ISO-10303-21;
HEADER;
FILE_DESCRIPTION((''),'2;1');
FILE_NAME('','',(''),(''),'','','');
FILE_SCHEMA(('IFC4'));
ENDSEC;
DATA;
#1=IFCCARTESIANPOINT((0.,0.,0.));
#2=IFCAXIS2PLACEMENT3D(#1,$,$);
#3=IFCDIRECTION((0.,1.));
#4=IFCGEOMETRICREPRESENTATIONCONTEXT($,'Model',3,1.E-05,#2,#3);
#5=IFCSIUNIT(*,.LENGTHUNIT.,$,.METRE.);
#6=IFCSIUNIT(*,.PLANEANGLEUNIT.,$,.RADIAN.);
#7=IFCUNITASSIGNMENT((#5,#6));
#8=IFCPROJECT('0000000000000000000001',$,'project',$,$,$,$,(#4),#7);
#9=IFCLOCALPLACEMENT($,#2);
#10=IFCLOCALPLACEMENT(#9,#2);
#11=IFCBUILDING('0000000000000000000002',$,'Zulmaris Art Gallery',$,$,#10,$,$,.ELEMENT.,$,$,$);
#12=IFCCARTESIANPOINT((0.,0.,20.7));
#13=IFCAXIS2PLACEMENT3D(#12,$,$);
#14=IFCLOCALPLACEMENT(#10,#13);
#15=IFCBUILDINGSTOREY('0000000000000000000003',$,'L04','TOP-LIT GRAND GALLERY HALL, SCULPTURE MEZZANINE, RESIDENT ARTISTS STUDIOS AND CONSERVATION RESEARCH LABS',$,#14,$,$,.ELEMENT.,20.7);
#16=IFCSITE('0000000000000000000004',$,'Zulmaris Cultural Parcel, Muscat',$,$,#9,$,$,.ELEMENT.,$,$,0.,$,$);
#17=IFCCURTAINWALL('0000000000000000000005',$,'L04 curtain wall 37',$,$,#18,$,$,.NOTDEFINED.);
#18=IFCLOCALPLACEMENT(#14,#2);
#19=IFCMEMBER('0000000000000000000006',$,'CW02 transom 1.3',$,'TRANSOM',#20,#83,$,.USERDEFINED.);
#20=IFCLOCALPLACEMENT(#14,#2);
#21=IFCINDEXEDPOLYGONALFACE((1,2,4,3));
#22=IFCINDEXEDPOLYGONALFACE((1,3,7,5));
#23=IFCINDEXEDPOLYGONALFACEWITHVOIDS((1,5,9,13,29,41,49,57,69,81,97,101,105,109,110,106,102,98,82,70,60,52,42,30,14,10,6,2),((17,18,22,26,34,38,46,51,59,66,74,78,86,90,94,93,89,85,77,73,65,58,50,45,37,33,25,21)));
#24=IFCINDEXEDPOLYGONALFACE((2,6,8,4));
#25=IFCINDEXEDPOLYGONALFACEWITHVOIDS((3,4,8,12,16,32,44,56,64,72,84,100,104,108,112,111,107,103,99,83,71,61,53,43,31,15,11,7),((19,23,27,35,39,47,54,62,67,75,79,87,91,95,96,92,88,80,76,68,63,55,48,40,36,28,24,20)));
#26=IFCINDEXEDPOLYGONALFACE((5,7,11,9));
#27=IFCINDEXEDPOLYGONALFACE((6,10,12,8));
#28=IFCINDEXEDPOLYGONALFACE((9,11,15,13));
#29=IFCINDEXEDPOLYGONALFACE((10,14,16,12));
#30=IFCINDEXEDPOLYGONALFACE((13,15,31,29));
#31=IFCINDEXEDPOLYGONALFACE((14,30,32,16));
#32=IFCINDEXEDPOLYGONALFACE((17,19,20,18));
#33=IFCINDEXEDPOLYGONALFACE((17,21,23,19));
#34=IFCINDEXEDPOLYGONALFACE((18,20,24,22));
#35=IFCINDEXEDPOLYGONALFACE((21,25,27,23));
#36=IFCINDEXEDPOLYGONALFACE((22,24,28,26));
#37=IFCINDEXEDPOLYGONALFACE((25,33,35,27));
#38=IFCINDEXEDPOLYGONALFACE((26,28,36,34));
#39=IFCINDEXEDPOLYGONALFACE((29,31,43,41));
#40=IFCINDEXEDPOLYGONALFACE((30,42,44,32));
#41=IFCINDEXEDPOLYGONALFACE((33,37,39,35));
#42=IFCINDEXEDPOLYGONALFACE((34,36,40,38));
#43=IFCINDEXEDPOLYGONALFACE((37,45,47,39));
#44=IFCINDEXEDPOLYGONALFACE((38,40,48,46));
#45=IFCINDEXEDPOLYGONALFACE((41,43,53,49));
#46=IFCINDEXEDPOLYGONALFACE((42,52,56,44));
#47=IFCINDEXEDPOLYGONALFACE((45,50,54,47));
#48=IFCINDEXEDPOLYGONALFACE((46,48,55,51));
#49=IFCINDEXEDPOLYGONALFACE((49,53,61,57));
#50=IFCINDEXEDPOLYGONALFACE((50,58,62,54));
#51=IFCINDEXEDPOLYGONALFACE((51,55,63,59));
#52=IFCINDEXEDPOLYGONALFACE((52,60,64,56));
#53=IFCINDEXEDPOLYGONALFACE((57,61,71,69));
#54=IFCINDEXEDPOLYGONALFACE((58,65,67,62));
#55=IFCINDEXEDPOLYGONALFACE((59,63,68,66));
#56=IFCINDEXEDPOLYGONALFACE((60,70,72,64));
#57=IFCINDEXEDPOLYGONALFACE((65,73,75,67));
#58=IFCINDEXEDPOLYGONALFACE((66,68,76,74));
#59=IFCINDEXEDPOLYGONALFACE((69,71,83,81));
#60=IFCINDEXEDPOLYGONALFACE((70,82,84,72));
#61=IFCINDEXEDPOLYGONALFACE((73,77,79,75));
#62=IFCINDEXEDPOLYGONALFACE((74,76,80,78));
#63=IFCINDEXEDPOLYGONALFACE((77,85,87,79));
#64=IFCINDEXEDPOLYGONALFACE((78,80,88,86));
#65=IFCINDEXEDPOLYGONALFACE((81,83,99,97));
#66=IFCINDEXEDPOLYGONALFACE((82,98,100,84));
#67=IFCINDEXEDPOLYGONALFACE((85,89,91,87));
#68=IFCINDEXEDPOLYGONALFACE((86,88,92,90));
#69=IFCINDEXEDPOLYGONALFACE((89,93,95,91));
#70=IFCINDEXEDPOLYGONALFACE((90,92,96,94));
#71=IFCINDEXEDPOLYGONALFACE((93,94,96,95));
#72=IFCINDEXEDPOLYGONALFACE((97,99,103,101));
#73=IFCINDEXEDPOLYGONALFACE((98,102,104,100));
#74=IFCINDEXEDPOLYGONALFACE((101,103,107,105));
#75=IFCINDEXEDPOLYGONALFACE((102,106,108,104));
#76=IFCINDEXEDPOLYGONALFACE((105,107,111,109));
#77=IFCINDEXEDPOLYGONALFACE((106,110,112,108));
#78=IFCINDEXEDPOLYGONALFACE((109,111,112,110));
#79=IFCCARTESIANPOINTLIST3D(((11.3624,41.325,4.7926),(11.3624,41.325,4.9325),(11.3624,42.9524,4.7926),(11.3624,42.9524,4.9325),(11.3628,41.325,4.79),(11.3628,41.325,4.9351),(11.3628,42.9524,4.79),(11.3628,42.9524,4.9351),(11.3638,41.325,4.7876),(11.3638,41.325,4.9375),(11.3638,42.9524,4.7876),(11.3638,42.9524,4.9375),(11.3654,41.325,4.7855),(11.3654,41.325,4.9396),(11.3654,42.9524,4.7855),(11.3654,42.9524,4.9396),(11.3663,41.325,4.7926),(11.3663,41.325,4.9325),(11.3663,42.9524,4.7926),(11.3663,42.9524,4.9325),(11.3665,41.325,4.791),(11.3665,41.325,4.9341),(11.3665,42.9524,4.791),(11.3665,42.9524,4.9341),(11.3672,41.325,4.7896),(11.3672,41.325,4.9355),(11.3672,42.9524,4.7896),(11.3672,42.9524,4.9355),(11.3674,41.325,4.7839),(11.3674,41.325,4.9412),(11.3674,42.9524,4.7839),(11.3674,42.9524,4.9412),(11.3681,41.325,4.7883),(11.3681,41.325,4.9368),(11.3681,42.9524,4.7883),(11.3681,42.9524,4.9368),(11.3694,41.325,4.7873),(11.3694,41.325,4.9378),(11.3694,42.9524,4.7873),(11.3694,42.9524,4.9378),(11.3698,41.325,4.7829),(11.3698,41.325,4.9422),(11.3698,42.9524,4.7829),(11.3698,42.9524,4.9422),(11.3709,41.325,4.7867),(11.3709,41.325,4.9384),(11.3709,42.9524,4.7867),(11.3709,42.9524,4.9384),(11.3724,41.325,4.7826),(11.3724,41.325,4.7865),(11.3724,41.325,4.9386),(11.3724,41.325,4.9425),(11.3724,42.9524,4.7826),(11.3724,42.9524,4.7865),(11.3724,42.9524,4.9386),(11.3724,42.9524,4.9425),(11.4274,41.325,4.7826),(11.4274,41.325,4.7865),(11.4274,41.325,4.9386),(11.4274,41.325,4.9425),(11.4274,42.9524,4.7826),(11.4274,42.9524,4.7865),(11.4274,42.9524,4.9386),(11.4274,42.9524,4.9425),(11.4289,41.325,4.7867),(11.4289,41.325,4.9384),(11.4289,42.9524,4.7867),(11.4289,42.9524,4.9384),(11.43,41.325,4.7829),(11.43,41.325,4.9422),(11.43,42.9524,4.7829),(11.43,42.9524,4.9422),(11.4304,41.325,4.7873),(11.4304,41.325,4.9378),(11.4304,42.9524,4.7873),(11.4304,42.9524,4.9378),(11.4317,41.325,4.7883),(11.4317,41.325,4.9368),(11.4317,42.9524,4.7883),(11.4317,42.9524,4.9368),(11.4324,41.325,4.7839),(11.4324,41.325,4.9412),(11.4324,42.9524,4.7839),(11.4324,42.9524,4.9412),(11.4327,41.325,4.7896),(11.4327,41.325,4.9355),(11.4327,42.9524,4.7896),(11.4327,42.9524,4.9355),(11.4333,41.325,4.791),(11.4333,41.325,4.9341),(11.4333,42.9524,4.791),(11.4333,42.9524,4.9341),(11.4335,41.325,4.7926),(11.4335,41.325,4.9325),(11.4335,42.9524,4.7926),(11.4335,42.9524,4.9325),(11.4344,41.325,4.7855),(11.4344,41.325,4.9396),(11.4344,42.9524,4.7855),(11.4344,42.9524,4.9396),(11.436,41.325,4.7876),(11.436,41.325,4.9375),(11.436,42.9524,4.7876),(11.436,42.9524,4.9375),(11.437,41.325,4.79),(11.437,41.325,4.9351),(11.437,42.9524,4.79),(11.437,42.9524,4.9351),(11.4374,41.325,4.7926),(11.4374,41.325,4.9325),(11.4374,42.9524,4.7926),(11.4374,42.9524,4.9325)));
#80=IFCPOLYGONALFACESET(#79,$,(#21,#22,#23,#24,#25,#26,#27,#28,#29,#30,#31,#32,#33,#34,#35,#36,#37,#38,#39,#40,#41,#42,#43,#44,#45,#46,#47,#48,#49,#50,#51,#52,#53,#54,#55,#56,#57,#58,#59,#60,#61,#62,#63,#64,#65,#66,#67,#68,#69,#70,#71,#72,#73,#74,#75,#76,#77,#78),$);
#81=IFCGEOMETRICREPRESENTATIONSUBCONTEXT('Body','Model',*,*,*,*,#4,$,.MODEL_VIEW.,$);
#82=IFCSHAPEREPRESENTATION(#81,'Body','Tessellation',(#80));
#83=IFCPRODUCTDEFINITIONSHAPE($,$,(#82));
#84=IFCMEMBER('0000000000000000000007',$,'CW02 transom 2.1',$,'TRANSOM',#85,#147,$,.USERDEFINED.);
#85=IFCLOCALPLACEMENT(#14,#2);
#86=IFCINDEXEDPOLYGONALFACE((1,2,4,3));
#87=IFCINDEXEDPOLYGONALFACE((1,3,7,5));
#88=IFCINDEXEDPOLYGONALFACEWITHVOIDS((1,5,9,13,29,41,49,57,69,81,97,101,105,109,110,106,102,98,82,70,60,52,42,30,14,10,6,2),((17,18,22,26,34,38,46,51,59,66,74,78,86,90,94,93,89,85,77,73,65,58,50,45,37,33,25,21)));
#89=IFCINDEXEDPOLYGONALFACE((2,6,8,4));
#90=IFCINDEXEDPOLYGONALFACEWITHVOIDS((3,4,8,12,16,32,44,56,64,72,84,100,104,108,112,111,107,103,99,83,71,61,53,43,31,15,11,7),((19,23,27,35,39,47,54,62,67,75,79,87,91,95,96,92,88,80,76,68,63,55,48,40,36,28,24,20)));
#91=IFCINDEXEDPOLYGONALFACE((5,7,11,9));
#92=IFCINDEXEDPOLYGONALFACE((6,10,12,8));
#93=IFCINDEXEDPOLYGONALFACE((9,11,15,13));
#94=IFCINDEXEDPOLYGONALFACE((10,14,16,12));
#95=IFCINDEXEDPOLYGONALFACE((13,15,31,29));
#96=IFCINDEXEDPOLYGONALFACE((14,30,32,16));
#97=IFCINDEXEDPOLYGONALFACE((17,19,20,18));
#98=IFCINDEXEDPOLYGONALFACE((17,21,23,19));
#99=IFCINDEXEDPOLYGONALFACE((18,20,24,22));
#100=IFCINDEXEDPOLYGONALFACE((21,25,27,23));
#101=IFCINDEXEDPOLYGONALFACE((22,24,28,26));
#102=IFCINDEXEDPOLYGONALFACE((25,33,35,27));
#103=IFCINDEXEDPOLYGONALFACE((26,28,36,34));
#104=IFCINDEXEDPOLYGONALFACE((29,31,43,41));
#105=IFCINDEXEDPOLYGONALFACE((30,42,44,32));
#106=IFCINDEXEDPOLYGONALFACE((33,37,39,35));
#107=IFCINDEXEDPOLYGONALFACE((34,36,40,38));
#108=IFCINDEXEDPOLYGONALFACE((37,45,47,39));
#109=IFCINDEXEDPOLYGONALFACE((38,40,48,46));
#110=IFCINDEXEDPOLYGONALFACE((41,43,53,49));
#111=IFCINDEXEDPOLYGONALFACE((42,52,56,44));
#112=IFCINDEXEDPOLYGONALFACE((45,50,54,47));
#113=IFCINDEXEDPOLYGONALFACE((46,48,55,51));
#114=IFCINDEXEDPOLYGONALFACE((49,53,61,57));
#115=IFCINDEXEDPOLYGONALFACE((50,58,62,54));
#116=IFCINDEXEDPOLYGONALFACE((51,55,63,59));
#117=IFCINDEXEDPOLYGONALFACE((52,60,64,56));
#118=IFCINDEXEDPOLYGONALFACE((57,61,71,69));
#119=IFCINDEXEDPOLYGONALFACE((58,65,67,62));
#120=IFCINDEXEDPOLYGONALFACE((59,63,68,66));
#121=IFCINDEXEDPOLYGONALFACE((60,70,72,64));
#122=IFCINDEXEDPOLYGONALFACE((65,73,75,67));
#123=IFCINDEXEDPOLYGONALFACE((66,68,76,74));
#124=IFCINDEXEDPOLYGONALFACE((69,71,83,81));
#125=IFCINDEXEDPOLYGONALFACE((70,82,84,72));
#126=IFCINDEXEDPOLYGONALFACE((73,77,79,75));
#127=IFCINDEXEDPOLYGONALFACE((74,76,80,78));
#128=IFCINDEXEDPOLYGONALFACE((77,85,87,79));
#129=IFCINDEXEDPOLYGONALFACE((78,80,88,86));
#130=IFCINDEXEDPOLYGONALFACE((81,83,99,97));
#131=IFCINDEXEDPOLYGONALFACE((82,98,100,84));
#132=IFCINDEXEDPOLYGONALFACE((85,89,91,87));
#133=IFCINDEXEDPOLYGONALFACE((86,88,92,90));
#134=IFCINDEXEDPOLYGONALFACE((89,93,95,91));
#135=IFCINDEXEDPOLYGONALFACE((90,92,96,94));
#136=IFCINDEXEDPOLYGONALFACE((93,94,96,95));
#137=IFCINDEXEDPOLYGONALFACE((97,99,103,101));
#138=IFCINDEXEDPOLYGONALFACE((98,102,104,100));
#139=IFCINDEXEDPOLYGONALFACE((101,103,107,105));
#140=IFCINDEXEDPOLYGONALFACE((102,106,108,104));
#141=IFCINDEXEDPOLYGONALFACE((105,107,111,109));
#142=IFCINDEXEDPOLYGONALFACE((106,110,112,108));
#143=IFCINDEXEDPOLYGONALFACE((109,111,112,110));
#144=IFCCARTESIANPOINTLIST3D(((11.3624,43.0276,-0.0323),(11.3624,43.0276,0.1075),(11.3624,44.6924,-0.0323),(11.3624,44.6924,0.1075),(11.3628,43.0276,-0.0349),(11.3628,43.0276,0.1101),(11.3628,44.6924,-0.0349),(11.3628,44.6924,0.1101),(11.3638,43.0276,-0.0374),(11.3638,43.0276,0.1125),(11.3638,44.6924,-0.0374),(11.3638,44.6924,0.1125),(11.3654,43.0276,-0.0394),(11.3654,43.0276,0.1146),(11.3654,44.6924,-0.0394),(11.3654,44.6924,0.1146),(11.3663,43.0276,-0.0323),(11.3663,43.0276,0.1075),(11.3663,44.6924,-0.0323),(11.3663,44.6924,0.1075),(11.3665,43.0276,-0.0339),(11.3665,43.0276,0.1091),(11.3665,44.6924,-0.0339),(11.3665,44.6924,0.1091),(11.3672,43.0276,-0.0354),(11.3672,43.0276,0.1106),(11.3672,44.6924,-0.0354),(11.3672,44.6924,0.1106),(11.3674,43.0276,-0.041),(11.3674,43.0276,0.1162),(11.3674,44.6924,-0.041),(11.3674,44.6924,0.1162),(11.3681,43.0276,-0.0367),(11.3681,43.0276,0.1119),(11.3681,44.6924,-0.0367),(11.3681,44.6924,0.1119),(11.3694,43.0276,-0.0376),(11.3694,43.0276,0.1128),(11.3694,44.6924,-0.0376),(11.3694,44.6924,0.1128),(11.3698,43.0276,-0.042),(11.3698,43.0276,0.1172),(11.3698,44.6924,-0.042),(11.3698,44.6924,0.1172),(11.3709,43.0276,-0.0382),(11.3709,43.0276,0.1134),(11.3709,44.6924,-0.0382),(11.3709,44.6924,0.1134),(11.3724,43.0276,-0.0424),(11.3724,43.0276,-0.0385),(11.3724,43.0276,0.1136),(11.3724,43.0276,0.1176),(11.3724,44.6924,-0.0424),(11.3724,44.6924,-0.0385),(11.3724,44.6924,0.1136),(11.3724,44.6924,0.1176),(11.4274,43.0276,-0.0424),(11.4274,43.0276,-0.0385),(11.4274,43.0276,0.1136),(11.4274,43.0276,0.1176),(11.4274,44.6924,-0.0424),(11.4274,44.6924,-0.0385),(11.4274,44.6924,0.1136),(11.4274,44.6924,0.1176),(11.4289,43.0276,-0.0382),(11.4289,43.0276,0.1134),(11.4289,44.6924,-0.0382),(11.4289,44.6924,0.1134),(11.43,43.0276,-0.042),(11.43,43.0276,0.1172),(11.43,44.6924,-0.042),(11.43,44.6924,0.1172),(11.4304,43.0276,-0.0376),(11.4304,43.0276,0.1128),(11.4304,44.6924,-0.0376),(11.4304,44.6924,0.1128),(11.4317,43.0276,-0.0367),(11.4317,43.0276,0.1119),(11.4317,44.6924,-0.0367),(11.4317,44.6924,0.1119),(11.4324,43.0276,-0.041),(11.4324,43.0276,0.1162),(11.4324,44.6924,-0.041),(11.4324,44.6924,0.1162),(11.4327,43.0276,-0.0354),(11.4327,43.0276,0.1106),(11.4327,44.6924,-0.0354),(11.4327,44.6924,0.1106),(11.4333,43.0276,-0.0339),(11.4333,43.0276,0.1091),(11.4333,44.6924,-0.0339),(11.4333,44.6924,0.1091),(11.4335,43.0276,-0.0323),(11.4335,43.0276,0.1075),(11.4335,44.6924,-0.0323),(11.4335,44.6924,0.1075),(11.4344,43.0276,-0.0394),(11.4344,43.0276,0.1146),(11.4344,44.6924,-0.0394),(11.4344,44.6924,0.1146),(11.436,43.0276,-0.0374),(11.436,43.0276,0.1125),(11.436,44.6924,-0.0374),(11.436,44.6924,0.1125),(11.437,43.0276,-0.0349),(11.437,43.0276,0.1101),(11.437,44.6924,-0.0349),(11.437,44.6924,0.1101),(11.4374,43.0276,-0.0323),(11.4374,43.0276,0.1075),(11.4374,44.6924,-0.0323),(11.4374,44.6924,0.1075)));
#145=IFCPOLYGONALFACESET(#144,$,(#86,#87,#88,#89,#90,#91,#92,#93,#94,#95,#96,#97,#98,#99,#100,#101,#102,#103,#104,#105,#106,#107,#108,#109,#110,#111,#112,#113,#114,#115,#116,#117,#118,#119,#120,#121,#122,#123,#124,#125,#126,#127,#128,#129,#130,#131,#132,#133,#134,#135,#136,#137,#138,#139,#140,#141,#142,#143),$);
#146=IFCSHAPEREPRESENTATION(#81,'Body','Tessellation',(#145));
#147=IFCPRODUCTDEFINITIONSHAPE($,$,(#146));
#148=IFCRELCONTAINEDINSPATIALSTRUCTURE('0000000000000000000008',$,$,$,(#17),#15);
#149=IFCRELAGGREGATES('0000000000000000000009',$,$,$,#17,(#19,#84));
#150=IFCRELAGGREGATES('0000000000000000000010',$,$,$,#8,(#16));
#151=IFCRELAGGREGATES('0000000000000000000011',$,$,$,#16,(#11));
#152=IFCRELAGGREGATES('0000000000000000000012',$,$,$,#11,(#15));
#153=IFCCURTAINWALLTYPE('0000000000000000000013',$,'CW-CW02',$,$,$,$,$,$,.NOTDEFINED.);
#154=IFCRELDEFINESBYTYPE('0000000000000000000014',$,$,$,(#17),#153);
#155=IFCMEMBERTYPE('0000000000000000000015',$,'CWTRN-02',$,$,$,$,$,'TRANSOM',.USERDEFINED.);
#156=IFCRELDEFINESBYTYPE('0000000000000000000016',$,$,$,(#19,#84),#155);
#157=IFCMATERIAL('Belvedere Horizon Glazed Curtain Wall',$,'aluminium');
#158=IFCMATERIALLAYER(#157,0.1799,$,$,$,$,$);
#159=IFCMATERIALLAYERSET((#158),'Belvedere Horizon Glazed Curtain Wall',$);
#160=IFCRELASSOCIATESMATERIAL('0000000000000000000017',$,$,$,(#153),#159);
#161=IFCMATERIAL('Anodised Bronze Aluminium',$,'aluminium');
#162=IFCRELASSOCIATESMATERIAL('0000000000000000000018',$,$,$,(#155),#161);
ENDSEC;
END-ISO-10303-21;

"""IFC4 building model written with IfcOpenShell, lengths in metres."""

from ifc_helpers import new_model, si_unit, direction, frame, origin, origin_2d, place, context, subcontext, project, spatial, hollow_rectangle, extrude, material, layer, layer_set, material_profile, profile_set, type_object, element, aggregate, save


model = new_model("IFC4")

# Units and contexts
model_context = context("Model", 3, precision=1e-05, world=origin(), true_north=direction((0.0, 1.0)))
body_context = subcontext(model_context, "Body", "Model", "MODEL_VIEW")
ifc_project = project(units=[si_unit("LENGTHUNIT", "METRE"), si_unit("PLANEANGLEUNIT", "RADIAN")], contexts=[model_context])

# Site, building, storey
site_placement = place(None, origin())
site = spatial("IfcSite", under=ifc_project, at=site_placement, Name="Zulmaris Cultural Parcel, Muscat", CompositionType="ELEMENT", RefElevation=0.0)
building_placement = place(site_placement, origin())
building = spatial("IfcBuilding", under=site, at=building_placement, Name="Zulmaris Art Gallery", CompositionType="ELEMENT")
storey_placement = place(building_placement, frame((0.0, 0.0, 20.7)))
storey = spatial("IfcBuildingStorey", under=building, at=storey_placement, Name="L04", Description="TOP-LIT GRAND GALLERY HALL, SCULPTURE MEZZANINE, RESIDENT ARTISTS STUDIOS AND CONSERVATION RESEARCH LABS", CompositionType="ELEMENT", Elevation=20.7)

# Curtain wall
ifc_material_1 = material(Name="Belvedere Horizon Glazed Curtain Wall", Category="aluminium")
ifc_layer_1 = layer(ifc_material_1, 0.1799)
ifc_layer_set_1 = layer_set([ifc_layer_1], Name="Belvedere Horizon Glazed Curtain Wall")
curtain_wall_type = type_object("IfcCurtainWallType", Name="CW-CW02", PredefinedType="NOTDEFINED", material=ifc_layer_set_1)
ifc_material_2 = material(Name="Anodised Bronze Aluminium", Category="aluminium")
curtain_wall_1_placement = place(storey_placement, origin())
curtain_wall_1 = element("IfcCurtainWall", 1, at=curtain_wall_1_placement, inside=storey, type_object=curtain_wall_type, Name="L04 curtain wall 37", PredefinedType="NOTDEFINED")

# Members
ifc_material_profile_1 = material_profile(ifc_material_2, hollow_rectangle(XDim=0.075, YDim=0.1599, WallThickness=0.0039, InnerFilletRadius=0.0061, OuterFilletRadius=0.01, at=origin_2d()), Name="ALU 75x160x4")
ifc_profile_set_1 = profile_set([ifc_material_profile_1], Name="Anodised Bronze Aluminium")
member_type_1 = type_object("IfcMemberType", Name="CWTRN-02", ElementType="TRANSOM", PredefinedType="USERDEFINED", material=ifc_profile_set_1)
member_1_placement = place(storey_placement, frame((11.3999, 41.325, 4.8625), z_axis=(0.0, 1.0, 0.0), x_axis=(-1.0, 0.0, 0.0)))
member_1 = element("IfcMember", 2, at=member_1_placement, type_object=member_type_1, Name="CW02 transom 1.3", ObjectType="TRANSOM", PredefinedType="USERDEFINED", context=body_context, shape_type="SweptSolid", body=[
    extrude(hollow_rectangle(XDim=0.075, YDim=0.1599, WallThickness=0.0039, InnerFilletRadius=0.0061, OuterFilletRadius=0.01, at=origin_2d()), origin(), (0.0, 0.0, 1.0), 1.6274),
])
member_2_placement = place(storey_placement, frame((11.3999, 43.0276, 0.0376), z_axis=(0.0, 1.0, 0.0), x_axis=(-1.0, 0.0, 0.0)))
member_2 = element("IfcMember", 3, at=member_2_placement, type_object=member_type_1, Name="CW02 transom 2.1", ObjectType="TRANSOM", PredefinedType="USERDEFINED", context=body_context, shape_type="SweptSolid", body=[
    extrude(hollow_rectangle(XDim=0.075, YDim=0.1599, WallThickness=0.0039, InnerFilletRadius=0.0061, OuterFilletRadius=0.01, at=origin_2d()), origin(), (0.0, 0.0, 1.0), 1.6648),
])

aggregate(curtain_wall_1, [member_1, member_2])

save(model, "model.ifc")
